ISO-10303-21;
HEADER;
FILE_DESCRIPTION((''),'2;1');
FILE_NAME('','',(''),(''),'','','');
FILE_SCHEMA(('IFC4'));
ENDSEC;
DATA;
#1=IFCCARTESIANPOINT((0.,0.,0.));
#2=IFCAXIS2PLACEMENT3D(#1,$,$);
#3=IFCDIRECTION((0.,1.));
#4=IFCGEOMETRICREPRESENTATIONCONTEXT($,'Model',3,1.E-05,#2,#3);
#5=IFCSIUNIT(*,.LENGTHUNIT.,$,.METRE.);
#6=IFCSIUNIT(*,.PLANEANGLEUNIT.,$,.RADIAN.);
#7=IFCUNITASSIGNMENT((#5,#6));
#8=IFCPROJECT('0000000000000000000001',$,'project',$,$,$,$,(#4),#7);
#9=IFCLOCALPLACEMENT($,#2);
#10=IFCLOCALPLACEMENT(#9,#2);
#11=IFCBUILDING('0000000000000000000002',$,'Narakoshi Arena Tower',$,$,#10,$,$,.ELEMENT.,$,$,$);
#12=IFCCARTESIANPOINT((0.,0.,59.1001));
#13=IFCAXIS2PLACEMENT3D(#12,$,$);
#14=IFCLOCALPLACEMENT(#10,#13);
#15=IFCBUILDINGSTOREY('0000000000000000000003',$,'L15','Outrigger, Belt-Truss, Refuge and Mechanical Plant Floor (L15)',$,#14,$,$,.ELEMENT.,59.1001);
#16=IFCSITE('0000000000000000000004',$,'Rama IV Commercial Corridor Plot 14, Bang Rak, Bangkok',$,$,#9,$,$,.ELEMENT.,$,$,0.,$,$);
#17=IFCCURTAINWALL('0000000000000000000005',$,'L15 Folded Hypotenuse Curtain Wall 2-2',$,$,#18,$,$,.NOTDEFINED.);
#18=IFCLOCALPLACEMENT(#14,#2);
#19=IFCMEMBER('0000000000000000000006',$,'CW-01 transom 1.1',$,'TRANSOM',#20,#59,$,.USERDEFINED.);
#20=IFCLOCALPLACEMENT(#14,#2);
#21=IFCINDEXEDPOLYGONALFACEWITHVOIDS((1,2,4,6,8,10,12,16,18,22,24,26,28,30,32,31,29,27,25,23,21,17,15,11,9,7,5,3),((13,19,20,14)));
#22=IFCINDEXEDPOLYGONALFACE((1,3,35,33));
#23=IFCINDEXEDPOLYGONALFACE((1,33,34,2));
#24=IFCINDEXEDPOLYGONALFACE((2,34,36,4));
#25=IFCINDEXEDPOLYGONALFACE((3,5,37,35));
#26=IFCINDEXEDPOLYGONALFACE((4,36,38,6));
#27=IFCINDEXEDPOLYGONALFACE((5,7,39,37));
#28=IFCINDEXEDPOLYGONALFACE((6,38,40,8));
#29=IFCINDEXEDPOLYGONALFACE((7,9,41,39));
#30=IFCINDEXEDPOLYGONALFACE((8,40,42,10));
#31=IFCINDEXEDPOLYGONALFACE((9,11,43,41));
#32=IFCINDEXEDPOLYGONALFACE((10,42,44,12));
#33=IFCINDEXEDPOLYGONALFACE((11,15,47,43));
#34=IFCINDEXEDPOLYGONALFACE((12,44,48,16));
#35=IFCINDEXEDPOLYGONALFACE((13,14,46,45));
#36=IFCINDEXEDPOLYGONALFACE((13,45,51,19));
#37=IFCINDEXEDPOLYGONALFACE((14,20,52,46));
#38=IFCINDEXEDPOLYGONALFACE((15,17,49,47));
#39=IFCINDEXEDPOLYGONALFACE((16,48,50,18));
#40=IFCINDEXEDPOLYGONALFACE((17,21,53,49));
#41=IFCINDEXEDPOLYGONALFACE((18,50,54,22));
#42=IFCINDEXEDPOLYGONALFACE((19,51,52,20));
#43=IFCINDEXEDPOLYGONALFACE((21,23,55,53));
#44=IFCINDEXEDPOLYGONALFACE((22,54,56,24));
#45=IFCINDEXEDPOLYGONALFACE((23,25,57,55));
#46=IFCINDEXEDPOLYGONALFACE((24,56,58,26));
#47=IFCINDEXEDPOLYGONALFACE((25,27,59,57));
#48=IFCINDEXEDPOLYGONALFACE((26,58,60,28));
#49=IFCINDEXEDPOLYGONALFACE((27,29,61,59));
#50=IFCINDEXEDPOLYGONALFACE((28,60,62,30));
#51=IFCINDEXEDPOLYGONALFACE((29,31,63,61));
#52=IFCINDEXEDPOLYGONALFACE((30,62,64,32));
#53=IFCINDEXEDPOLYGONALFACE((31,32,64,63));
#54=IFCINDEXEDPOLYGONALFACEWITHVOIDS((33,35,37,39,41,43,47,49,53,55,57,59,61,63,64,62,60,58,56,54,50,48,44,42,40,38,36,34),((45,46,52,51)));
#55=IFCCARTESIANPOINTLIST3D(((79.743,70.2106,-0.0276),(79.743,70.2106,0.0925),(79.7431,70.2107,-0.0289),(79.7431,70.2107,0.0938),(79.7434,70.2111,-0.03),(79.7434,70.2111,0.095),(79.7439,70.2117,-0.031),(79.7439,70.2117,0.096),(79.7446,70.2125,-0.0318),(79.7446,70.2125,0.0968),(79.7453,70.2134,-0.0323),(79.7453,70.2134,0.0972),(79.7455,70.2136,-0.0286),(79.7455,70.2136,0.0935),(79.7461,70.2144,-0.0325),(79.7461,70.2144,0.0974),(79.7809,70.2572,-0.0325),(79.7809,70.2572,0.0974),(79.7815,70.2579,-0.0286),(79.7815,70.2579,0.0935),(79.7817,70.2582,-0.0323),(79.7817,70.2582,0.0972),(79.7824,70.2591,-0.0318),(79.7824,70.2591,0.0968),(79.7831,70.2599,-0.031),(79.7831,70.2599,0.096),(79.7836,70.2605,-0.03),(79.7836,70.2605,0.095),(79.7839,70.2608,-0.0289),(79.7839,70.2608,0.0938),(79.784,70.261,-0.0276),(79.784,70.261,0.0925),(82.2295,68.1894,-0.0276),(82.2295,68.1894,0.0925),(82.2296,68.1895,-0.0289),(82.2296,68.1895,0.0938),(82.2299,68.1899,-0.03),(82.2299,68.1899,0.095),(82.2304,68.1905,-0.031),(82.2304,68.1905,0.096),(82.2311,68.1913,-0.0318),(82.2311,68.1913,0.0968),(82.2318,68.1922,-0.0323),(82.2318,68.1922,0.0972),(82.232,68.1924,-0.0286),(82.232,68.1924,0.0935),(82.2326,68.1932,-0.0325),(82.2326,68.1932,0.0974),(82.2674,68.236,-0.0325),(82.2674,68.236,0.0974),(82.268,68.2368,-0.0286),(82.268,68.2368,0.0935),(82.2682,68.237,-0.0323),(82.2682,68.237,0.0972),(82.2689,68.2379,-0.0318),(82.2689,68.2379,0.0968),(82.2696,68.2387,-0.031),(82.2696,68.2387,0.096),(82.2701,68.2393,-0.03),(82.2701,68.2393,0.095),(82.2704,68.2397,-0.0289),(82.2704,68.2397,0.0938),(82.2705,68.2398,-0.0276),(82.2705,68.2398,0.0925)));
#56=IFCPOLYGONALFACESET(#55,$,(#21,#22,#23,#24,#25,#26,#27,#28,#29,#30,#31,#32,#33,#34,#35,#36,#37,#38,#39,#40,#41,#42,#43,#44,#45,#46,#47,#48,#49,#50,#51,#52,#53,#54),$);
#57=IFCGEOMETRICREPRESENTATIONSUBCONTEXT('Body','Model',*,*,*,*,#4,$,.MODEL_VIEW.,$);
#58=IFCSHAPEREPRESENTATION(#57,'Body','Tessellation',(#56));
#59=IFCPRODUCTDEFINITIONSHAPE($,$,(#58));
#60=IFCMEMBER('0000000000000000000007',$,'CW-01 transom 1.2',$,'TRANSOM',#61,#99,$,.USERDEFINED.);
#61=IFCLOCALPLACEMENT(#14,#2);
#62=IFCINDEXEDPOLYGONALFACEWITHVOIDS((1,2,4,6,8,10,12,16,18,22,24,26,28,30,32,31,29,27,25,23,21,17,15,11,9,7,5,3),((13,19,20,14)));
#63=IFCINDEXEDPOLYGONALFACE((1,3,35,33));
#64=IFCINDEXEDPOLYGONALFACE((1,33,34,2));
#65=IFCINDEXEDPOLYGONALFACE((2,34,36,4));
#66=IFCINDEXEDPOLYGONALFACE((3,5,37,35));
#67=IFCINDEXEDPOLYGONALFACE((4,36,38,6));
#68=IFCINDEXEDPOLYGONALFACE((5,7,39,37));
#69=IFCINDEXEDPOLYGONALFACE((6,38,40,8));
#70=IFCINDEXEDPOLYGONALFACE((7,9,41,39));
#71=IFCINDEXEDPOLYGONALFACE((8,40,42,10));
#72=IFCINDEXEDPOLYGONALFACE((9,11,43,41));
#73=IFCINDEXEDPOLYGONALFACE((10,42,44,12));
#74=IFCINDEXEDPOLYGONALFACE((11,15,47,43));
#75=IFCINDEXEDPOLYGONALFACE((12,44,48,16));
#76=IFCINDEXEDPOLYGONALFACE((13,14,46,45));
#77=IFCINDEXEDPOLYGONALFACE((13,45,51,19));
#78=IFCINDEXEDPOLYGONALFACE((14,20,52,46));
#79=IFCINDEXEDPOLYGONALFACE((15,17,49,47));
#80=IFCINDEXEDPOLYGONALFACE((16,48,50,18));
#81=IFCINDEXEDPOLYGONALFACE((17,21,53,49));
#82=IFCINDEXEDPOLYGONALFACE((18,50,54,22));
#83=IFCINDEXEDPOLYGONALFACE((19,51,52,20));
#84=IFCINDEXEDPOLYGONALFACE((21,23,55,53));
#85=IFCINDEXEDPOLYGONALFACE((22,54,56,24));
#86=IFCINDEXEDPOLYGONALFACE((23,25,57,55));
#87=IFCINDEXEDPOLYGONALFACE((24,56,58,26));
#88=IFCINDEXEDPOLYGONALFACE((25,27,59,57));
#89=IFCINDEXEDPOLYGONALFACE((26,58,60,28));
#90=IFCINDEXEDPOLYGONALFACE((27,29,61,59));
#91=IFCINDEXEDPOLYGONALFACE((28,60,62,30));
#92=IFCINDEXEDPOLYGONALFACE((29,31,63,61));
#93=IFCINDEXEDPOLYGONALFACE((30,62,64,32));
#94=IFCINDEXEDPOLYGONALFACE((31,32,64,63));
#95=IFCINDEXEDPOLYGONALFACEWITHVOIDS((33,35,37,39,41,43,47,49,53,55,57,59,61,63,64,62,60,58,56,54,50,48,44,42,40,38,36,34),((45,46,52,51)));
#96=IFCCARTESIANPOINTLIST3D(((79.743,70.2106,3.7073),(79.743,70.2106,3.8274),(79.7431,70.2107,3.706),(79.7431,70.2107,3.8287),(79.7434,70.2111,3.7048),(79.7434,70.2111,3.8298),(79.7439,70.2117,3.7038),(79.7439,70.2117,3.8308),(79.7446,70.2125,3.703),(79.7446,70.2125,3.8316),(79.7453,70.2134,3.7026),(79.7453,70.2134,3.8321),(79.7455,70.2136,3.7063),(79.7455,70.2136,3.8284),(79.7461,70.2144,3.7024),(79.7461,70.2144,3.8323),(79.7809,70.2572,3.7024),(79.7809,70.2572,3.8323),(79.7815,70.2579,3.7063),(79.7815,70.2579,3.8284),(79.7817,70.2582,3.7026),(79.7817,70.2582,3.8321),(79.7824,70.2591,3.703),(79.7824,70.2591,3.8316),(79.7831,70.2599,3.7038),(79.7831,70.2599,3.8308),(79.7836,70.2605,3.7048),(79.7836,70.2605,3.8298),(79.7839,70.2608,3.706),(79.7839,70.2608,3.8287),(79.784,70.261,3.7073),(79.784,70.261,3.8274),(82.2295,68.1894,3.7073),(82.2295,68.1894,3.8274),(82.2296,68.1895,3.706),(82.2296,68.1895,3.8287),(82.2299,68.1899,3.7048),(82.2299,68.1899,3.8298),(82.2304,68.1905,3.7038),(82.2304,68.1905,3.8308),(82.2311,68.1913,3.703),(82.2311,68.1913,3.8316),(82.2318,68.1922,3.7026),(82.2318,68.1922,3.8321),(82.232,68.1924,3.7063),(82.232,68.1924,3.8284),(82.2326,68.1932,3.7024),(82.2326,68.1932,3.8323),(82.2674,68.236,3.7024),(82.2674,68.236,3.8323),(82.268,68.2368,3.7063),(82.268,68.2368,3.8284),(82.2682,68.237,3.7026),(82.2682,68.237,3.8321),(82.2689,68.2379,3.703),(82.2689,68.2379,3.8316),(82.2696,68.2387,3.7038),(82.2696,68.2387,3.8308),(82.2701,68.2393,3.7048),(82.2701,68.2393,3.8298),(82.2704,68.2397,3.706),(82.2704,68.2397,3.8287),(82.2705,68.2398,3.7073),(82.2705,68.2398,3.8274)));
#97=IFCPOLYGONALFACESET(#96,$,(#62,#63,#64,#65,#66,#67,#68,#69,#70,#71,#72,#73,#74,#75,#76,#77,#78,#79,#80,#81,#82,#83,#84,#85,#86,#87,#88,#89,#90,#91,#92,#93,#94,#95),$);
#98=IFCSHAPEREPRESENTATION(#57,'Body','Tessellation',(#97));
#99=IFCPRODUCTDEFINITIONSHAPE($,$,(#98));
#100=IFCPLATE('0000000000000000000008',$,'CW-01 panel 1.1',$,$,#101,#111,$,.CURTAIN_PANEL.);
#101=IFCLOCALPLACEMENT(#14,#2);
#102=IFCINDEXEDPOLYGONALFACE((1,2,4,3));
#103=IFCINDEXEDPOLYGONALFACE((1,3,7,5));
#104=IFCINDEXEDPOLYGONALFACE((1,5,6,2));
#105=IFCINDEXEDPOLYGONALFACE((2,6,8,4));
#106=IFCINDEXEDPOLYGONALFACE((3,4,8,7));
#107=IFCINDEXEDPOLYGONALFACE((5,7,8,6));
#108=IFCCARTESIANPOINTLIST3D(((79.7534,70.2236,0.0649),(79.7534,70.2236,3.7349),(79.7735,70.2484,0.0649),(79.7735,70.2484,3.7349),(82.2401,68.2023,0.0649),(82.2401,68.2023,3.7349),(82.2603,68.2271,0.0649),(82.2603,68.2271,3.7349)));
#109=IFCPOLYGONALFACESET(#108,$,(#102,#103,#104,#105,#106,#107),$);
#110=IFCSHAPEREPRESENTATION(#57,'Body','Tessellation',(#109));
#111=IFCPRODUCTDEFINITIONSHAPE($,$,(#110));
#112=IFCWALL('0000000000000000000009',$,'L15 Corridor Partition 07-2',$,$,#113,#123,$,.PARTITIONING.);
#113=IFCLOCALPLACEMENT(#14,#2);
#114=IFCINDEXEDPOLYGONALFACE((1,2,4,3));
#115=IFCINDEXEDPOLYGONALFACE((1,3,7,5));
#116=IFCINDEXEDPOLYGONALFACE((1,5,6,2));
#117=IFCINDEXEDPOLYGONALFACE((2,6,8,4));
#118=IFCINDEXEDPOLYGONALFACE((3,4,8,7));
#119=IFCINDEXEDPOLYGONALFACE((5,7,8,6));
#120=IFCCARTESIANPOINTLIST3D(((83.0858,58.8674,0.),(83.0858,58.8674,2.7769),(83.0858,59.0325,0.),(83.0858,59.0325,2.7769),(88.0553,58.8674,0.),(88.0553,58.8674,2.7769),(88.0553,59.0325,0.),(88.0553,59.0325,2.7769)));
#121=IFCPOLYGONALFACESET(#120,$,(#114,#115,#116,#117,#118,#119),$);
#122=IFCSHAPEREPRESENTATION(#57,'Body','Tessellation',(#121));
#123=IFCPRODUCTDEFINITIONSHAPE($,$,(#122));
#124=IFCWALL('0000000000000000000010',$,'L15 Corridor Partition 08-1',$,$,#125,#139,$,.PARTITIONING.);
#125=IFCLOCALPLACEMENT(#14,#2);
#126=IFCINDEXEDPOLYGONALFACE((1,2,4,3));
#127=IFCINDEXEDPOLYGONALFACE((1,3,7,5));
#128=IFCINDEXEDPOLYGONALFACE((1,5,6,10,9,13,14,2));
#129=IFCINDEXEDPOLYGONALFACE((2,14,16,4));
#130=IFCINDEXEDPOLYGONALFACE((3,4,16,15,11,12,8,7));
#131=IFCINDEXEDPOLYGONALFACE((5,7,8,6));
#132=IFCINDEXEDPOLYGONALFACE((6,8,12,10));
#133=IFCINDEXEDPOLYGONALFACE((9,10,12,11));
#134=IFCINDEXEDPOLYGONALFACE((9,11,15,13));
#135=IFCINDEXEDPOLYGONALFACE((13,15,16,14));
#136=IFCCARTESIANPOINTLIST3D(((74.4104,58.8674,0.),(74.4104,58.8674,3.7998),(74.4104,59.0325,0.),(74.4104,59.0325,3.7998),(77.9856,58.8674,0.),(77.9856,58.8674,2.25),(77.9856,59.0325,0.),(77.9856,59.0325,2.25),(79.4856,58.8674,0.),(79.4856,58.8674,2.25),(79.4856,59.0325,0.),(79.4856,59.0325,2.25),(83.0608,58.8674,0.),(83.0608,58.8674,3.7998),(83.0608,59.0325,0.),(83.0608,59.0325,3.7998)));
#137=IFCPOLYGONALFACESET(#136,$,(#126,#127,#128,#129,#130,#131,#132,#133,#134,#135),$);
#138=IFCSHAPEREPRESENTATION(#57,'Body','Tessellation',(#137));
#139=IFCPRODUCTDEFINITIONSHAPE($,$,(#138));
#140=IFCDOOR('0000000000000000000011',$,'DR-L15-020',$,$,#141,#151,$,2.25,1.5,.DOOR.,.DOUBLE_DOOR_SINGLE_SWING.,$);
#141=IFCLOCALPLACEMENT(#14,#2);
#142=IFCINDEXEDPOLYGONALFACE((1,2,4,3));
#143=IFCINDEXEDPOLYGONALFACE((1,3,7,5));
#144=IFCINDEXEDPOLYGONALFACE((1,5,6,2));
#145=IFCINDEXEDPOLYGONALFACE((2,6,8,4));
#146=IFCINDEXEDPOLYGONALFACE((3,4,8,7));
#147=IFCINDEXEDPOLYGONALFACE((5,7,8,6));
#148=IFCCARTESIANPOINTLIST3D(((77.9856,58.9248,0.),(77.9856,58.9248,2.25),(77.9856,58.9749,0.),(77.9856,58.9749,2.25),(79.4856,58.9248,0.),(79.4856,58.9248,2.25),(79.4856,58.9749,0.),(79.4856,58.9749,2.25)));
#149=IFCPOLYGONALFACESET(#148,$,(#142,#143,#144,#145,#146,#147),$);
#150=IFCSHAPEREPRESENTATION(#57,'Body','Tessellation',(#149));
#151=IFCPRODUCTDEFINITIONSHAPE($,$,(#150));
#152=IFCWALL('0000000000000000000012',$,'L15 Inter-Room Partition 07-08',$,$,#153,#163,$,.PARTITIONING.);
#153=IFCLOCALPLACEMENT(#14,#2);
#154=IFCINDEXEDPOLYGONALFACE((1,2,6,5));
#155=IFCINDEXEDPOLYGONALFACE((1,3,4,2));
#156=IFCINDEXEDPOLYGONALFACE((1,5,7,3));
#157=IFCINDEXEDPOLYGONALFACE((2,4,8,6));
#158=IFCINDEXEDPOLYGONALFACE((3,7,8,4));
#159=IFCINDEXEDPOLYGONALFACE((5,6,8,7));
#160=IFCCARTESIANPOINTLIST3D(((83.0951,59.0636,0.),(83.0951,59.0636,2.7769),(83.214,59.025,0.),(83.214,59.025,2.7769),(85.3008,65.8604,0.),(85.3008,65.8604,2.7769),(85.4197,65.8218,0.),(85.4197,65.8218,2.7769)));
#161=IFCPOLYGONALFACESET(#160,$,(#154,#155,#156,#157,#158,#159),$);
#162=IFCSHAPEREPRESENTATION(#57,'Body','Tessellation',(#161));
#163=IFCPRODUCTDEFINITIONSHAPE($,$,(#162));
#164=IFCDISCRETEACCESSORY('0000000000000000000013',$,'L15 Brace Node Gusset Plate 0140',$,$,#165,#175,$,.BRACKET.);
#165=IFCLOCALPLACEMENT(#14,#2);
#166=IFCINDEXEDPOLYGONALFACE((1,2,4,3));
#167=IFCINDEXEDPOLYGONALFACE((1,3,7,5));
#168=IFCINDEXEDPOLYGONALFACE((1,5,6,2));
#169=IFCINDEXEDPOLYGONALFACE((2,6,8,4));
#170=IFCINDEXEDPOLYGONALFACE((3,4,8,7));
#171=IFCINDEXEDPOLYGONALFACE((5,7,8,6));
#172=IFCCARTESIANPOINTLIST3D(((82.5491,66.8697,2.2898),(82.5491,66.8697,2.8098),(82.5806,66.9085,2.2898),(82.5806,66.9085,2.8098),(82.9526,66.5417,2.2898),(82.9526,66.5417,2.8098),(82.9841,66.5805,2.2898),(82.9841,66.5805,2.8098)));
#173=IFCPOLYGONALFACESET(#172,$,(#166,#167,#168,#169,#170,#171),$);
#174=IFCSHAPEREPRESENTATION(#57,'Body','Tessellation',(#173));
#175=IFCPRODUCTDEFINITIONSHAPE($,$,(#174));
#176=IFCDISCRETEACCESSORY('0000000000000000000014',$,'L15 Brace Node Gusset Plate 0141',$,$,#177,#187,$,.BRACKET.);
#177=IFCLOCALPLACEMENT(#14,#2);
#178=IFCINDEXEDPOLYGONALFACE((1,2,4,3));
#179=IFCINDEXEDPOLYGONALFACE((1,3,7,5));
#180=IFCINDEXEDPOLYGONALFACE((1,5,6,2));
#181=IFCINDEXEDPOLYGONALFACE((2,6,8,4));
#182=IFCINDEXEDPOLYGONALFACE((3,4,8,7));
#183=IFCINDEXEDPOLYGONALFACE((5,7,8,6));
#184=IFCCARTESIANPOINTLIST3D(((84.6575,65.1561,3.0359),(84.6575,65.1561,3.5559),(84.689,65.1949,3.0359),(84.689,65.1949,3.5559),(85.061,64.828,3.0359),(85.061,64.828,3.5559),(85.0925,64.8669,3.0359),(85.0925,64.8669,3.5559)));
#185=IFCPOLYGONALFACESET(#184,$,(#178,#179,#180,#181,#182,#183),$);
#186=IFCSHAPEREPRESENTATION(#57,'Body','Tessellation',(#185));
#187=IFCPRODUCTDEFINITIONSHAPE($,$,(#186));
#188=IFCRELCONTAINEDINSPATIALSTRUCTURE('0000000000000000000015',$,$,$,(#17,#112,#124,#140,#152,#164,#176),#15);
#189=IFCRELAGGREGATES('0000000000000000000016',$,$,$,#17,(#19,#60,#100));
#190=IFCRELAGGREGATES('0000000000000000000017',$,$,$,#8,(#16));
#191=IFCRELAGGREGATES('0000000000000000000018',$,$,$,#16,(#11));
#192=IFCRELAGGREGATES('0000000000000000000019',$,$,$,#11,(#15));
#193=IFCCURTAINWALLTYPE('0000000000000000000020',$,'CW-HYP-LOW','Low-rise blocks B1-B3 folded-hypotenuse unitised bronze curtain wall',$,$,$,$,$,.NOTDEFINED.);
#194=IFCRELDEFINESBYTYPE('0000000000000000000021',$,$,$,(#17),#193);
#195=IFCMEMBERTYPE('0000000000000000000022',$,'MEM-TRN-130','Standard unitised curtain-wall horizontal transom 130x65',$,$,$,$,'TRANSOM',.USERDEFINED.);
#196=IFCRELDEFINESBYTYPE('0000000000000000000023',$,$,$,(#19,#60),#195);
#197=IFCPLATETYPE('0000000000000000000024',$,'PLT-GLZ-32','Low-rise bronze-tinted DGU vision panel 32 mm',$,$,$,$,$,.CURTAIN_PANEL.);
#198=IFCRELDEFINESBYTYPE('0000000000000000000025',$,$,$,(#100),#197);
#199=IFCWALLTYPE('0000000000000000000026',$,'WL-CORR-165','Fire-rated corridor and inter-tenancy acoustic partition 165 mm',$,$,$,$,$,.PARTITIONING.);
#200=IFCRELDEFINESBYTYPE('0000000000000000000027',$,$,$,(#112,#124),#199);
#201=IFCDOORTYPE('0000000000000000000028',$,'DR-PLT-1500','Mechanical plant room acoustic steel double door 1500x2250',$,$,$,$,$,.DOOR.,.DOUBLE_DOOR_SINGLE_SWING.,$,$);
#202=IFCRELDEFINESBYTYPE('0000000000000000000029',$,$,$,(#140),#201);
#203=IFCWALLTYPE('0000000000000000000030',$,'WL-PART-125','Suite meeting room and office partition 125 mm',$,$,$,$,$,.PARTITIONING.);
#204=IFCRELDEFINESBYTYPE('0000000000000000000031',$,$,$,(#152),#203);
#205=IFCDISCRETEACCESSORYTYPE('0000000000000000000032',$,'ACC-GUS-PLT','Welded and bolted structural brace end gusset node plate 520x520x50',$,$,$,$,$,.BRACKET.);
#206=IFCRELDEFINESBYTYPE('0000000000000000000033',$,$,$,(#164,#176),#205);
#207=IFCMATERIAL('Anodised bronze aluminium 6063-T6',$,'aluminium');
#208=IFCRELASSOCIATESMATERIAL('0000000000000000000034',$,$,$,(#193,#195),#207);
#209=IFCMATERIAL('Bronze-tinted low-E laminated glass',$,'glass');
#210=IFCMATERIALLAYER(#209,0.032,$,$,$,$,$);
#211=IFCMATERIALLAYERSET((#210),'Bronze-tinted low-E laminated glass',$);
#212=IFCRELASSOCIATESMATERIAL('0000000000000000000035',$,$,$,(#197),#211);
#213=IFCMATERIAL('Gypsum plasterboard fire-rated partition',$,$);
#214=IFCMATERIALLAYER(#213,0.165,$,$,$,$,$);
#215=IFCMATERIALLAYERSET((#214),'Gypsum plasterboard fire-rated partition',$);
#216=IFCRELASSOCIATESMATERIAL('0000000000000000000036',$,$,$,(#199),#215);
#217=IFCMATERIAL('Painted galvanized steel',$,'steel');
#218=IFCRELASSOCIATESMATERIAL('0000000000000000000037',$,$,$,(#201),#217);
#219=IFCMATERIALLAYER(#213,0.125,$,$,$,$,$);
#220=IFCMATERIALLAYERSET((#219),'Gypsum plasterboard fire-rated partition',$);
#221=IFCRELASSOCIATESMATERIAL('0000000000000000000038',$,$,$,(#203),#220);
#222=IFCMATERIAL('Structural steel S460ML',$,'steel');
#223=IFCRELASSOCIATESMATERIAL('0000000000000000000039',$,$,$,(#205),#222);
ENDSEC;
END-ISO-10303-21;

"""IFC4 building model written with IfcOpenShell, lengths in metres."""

from ifc_helpers import new_model, si_unit, direction, frame, frame_2d, origin, origin_2d, place, context, subcontext, project, spatial, rectangle, hollow_rectangle, extrude, material, layer, layer_set, material_profile, profile_set, type_object, element, fill, aggregate, save


model = new_model("IFC4")

# Units and contexts
model_context = context("Model", 3, precision=1e-05, world=origin(), true_north=direction((0.0, 1.0)))
body_context = subcontext(model_context, "Body", "Model", "MODEL_VIEW")
ifc_project = project(units=[si_unit("LENGTHUNIT", "METRE"), si_unit("PLANEANGLEUNIT", "RADIAN")], contexts=[model_context])

# Site, building, storey
site_placement = place(None, origin())
site = spatial("IfcSite", under=ifc_project, at=site_placement, Name="Rama IV Commercial Corridor Plot 14, Bang Rak, Bangkok", CompositionType="ELEMENT", RefElevation=0.0)
building_placement = place(site_placement, origin())
building = spatial("IfcBuilding", under=site, at=building_placement, Name="Narakoshi Arena Tower", CompositionType="ELEMENT")
storey_placement = place(building_placement, frame((0.0, 0.0, 59.1001)))
storey = spatial("IfcBuildingStorey", under=building, at=storey_placement, Name="L15", Description="Outrigger, Belt-Truss, Refuge and Mechanical Plant Floor (L15)", CompositionType="ELEMENT", Elevation=59.1001)

# Shared definitions
ifc_material_1 = material(Name="Structural steel S460ML", Category="steel")

# Curtain wall
ifc_material_2 = material(Name="Anodised bronze aluminium 6063-T6", Category="aluminium")
curtain_wall_type = type_object("IfcCurtainWallType", Name="CW-HYP-LOW", Description="Low-rise blocks B1-B3 folded-hypotenuse unitised bronze curtain wall", PredefinedType="NOTDEFINED", material=ifc_material_2)
curtain_wall_placement = place(storey_placement, origin())
curtain_wall = element("IfcCurtainWall", 1, at=curtain_wall_placement, inside=storey, type_object=curtain_wall_type, Name="L15 Folded Hypotenuse Curtain Wall 2-2", PredefinedType="NOTDEFINED")

# Members
ifc_material_profile_1 = material_profile(ifc_material_2, hollow_rectangle(XDim=0.0649, YDim=0.1299, WallThickness=0.0039, OuterFilletRadius=0.0049, at=origin_2d()), Name="TRN130x65x4")
ifc_profile_set_1 = profile_set([ifc_material_profile_1], Name="Anodised bronze aluminium 6063-T6")
member_type_1 = type_object("IfcMemberType", Name="MEM-TRN-130", Description="Standard unitised curtain-wall horizontal transom 130x65", ElementType="TRANSOM", PredefinedType="USERDEFINED", material=ifc_profile_set_1)
member_1_placement = place(storey_placement, frame((82.25, 68.2146, 0.0325), z_axis=(-0.775976, 0.630762, 0.0), x_axis=(-0.630762, -0.775976, 0.0)))
member_1 = element("IfcMember", 2, at=member_1_placement, type_object=member_type_1, Name="CW-01 transom 1.1", ObjectType="TRANSOM", PredefinedType="USERDEFINED", context=body_context, shape_type="SweptSolid", body=[
    extrude(hollow_rectangle(XDim=0.0649, YDim=0.1299, WallThickness=0.0039, OuterFilletRadius=0.0049, at=origin_2d()), origin(), (0.0, 0.0, 1.0), 3.2043),
])
member_2_placement = place(storey_placement, frame((82.25, 68.2146, 3.7673), z_axis=(-0.775976, 0.630762, 0.0), x_axis=(-0.630762, -0.775976, 0.0)))
member_2 = element("IfcMember", 3, at=member_2_placement, type_object=member_type_1, Name="CW-01 transom 1.2", ObjectType="TRANSOM", PredefinedType="USERDEFINED", context=body_context, shape_type="SweptSolid", body=[
    extrude(hollow_rectangle(XDim=0.0649, YDim=0.1299, WallThickness=0.0039, OuterFilletRadius=0.0049, at=origin_2d()), origin(), (0.0, 0.0, 1.0), 3.2043),
])

# Plate
ifc_material_3 = material(Name="Bronze-tinted low-E laminated glass", Category="glass")
ifc_layer_1 = layer(ifc_material_3, 0.032)
ifc_layer_set_1 = layer_set([ifc_layer_1], Name="Bronze-tinted low-E laminated glass")
plate_type = type_object("IfcPlateType", Name="PLT-GLZ-32", Description="Low-rise bronze-tinted DGU vision panel 32 mm", PredefinedType="CURTAIN_PANEL", material=ifc_layer_set_1)
plate_placement = place(storey_placement, frame((81.0068, 69.2253, 0.0649), z_axis=(0.0, 0.0, 1.0), x_axis=(-0.776, 0.630733, 0.0)))
plate = element("IfcPlate", 4, at=plate_placement, type_object=plate_type, Name="CW-01 panel 1.1", PredefinedType="CURTAIN_PANEL", context=body_context, shape_type="SweptSolid", body=[
    extrude(rectangle(XDim=3.2046, YDim=0.032, at=origin_2d()), origin(), (0.0, 0.0, 1.0), 3.6699),
])
aggregate(curtain_wall, [member_1, member_2, plate])

# Wall
ifc_material_4 = material(Name="Gypsum plasterboard fire-rated partition")
ifc_layer_2 = layer(ifc_material_4, 0.165)
ifc_layer_set_2 = layer_set([ifc_layer_2], Name="Gypsum plasterboard fire-rated partition")
wall_type_1 = type_object("IfcWallType", Name="WL-CORR-165", Description="Fire-rated corridor and inter-tenancy acoustic partition 165 mm", PredefinedType="PARTITIONING", material=ifc_layer_set_2)
wall_1_placement = place(storey_placement, frame((88.0554, 58.95, 0.0), z_axis=(0.0, 0.0, 1.0), x_axis=(-1.0, 0.0, 0.0)))
element("IfcWall", 5, at=wall_1_placement, inside=storey, type_object=wall_type_1, Name="L15 Corridor Partition 07-2", PredefinedType="PARTITIONING", context=body_context, shape_type="SweptSolid", body=[
    extrude(rectangle(XDim=4.9695, YDim=0.165, at=frame_2d((2.4849, 0.0))), origin(), (0.0, 0.0, 1.0), 2.7769),
])

# Wall, opening, door
wall_2_placement = place(storey_placement, frame((83.0608, 58.95, 0.0), z_axis=(0.0, 0.0, 1.0), x_axis=(-1.0, 0.0, 0.0)))
wall_2 = element("IfcWall", 6, at=wall_2_placement, inside=storey, type_object=wall_type_1, Name="L15 Corridor Partition 08-1", PredefinedType="PARTITIONING", context=body_context, shape_type="SweptSolid", body=[
    extrude(rectangle(XDim=8.6504, YDim=0.165, at=frame_2d((4.3252, 0.0))), origin(), (0.0, 0.0, 1.0), 3.7998),
])
opening_placement = place(wall_2_placement, frame((3.5752, 0.0, 0.0)))
opening = element("IfcOpeningElement", 7, at=opening_placement, cuts=wall_2, PredefinedType="OPENING", context=body_context, shape_type="SweptSolid", body=[
    extrude(rectangle(XDim=1.5, YDim=2.25, at=frame_2d((0.75, 1.125))), frame((0.0, 0.0925, 0.0), z_axis=(0.0, -1.0, 0.0), x_axis=(1.0, 0.0, 0.0)), (0.0, 0.0, 1.0), 0.1851),
])
ifc_material_5 = material(Name="Painted galvanized steel", Category="steel")
door_type = type_object("IfcDoorType", Name="DR-PLT-1500", Description="Mechanical plant room acoustic steel double door 1500x2250", OperationType="DOUBLE_DOOR_SINGLE_SWING", PredefinedType="DOOR", material=ifc_material_5)
door_placement = place(opening_placement, frame((1.5, 0.0, 0.0), z_axis=(0.0, 0.0, 1.0), x_axis=(-1.0, 0.0, 0.0)))
door = element("IfcDoor", 8, at=door_placement, inside=storey, type_object=door_type, Name="DR-L15-020", OperationType="DOUBLE_DOOR_SINGLE_SWING", OverallHeight=2.25, OverallWidth=1.5, PredefinedType="DOOR", context=body_context, shape_type="SweptSolid", body=[
    extrude(rectangle(XDim=1.5, YDim=2.25, at=frame_2d((0.75, 1.125))), frame((0.0, 0.0249, 0.0), z_axis=(0.0, -1.0, 0.0), x_axis=(1.0, 0.0, 0.0)), (0.0, 0.0, 1.0), 0.05),
])
fill(opening, door)

# Wall
ifc_layer_3 = layer(ifc_material_4, 0.125)
ifc_layer_set_3 = layer_set([ifc_layer_3], Name="Gypsum plasterboard fire-rated partition")
wall_type_2 = type_object("IfcWallType", Name="WL-PART-125", Description="Suite meeting room and office partition 125 mm", PredefinedType="PARTITIONING", material=ifc_layer_set_3)
wall_3_placement = place(storey_placement, frame((83.1545, 59.0444, 0.0), z_axis=(0.0, 0.0, 1.0), x_axis=(0.308684, 0.951165, 0.0)))
element("IfcWall", 9, at=wall_3_placement, inside=storey, type_object=wall_type_2, Name="L15 Inter-Room Partition 07-08", PredefinedType="PARTITIONING", context=body_context, shape_type="SweptSolid", body=[
    extrude(rectangle(XDim=7.1458, YDim=0.125, at=frame_2d((3.5728, 0.0))), origin(), (0.0, 0.0, 1.0), 2.7769),
])

# Discrete accessories
discrete_accessory_type = type_object("IfcDiscreteAccessoryType", Name="ACC-GUS-PLT", Description="Welded and bolted structural brace end gusset node plate 520x520x50", PredefinedType="BRACKET", material=ifc_material_1)
for number, where, z_axis, x_axis, name in (
    (10, (82.7666, 66.7251, 2.2898), (0.0, 0.0, 1.0), (-0.775936, 0.630811, 0.0), "L15 Brace Node Gusset Plate 0140"),
    (11, (84.875, 65.0115, 3.0359), (0.0, 0.0, 1.0), (-0.775936, 0.630811, 0.0), "L15 Brace Node Gusset Plate 0141"),
):
    element("IfcDiscreteAccessory", number, at=place(storey_placement, frame(where, z_axis=z_axis, x_axis=x_axis)), inside=storey, type_object=discrete_accessory_type, Name=name, PredefinedType="BRACKET", context=body_context, shape_type="SweptSolid", body=[
        extrude(rectangle(XDim=0.52, YDim=0.05, at=origin_2d()), origin(), (0.0, 0.0, 1.0), 0.52),
    ])

save(model, "model.ifc")
